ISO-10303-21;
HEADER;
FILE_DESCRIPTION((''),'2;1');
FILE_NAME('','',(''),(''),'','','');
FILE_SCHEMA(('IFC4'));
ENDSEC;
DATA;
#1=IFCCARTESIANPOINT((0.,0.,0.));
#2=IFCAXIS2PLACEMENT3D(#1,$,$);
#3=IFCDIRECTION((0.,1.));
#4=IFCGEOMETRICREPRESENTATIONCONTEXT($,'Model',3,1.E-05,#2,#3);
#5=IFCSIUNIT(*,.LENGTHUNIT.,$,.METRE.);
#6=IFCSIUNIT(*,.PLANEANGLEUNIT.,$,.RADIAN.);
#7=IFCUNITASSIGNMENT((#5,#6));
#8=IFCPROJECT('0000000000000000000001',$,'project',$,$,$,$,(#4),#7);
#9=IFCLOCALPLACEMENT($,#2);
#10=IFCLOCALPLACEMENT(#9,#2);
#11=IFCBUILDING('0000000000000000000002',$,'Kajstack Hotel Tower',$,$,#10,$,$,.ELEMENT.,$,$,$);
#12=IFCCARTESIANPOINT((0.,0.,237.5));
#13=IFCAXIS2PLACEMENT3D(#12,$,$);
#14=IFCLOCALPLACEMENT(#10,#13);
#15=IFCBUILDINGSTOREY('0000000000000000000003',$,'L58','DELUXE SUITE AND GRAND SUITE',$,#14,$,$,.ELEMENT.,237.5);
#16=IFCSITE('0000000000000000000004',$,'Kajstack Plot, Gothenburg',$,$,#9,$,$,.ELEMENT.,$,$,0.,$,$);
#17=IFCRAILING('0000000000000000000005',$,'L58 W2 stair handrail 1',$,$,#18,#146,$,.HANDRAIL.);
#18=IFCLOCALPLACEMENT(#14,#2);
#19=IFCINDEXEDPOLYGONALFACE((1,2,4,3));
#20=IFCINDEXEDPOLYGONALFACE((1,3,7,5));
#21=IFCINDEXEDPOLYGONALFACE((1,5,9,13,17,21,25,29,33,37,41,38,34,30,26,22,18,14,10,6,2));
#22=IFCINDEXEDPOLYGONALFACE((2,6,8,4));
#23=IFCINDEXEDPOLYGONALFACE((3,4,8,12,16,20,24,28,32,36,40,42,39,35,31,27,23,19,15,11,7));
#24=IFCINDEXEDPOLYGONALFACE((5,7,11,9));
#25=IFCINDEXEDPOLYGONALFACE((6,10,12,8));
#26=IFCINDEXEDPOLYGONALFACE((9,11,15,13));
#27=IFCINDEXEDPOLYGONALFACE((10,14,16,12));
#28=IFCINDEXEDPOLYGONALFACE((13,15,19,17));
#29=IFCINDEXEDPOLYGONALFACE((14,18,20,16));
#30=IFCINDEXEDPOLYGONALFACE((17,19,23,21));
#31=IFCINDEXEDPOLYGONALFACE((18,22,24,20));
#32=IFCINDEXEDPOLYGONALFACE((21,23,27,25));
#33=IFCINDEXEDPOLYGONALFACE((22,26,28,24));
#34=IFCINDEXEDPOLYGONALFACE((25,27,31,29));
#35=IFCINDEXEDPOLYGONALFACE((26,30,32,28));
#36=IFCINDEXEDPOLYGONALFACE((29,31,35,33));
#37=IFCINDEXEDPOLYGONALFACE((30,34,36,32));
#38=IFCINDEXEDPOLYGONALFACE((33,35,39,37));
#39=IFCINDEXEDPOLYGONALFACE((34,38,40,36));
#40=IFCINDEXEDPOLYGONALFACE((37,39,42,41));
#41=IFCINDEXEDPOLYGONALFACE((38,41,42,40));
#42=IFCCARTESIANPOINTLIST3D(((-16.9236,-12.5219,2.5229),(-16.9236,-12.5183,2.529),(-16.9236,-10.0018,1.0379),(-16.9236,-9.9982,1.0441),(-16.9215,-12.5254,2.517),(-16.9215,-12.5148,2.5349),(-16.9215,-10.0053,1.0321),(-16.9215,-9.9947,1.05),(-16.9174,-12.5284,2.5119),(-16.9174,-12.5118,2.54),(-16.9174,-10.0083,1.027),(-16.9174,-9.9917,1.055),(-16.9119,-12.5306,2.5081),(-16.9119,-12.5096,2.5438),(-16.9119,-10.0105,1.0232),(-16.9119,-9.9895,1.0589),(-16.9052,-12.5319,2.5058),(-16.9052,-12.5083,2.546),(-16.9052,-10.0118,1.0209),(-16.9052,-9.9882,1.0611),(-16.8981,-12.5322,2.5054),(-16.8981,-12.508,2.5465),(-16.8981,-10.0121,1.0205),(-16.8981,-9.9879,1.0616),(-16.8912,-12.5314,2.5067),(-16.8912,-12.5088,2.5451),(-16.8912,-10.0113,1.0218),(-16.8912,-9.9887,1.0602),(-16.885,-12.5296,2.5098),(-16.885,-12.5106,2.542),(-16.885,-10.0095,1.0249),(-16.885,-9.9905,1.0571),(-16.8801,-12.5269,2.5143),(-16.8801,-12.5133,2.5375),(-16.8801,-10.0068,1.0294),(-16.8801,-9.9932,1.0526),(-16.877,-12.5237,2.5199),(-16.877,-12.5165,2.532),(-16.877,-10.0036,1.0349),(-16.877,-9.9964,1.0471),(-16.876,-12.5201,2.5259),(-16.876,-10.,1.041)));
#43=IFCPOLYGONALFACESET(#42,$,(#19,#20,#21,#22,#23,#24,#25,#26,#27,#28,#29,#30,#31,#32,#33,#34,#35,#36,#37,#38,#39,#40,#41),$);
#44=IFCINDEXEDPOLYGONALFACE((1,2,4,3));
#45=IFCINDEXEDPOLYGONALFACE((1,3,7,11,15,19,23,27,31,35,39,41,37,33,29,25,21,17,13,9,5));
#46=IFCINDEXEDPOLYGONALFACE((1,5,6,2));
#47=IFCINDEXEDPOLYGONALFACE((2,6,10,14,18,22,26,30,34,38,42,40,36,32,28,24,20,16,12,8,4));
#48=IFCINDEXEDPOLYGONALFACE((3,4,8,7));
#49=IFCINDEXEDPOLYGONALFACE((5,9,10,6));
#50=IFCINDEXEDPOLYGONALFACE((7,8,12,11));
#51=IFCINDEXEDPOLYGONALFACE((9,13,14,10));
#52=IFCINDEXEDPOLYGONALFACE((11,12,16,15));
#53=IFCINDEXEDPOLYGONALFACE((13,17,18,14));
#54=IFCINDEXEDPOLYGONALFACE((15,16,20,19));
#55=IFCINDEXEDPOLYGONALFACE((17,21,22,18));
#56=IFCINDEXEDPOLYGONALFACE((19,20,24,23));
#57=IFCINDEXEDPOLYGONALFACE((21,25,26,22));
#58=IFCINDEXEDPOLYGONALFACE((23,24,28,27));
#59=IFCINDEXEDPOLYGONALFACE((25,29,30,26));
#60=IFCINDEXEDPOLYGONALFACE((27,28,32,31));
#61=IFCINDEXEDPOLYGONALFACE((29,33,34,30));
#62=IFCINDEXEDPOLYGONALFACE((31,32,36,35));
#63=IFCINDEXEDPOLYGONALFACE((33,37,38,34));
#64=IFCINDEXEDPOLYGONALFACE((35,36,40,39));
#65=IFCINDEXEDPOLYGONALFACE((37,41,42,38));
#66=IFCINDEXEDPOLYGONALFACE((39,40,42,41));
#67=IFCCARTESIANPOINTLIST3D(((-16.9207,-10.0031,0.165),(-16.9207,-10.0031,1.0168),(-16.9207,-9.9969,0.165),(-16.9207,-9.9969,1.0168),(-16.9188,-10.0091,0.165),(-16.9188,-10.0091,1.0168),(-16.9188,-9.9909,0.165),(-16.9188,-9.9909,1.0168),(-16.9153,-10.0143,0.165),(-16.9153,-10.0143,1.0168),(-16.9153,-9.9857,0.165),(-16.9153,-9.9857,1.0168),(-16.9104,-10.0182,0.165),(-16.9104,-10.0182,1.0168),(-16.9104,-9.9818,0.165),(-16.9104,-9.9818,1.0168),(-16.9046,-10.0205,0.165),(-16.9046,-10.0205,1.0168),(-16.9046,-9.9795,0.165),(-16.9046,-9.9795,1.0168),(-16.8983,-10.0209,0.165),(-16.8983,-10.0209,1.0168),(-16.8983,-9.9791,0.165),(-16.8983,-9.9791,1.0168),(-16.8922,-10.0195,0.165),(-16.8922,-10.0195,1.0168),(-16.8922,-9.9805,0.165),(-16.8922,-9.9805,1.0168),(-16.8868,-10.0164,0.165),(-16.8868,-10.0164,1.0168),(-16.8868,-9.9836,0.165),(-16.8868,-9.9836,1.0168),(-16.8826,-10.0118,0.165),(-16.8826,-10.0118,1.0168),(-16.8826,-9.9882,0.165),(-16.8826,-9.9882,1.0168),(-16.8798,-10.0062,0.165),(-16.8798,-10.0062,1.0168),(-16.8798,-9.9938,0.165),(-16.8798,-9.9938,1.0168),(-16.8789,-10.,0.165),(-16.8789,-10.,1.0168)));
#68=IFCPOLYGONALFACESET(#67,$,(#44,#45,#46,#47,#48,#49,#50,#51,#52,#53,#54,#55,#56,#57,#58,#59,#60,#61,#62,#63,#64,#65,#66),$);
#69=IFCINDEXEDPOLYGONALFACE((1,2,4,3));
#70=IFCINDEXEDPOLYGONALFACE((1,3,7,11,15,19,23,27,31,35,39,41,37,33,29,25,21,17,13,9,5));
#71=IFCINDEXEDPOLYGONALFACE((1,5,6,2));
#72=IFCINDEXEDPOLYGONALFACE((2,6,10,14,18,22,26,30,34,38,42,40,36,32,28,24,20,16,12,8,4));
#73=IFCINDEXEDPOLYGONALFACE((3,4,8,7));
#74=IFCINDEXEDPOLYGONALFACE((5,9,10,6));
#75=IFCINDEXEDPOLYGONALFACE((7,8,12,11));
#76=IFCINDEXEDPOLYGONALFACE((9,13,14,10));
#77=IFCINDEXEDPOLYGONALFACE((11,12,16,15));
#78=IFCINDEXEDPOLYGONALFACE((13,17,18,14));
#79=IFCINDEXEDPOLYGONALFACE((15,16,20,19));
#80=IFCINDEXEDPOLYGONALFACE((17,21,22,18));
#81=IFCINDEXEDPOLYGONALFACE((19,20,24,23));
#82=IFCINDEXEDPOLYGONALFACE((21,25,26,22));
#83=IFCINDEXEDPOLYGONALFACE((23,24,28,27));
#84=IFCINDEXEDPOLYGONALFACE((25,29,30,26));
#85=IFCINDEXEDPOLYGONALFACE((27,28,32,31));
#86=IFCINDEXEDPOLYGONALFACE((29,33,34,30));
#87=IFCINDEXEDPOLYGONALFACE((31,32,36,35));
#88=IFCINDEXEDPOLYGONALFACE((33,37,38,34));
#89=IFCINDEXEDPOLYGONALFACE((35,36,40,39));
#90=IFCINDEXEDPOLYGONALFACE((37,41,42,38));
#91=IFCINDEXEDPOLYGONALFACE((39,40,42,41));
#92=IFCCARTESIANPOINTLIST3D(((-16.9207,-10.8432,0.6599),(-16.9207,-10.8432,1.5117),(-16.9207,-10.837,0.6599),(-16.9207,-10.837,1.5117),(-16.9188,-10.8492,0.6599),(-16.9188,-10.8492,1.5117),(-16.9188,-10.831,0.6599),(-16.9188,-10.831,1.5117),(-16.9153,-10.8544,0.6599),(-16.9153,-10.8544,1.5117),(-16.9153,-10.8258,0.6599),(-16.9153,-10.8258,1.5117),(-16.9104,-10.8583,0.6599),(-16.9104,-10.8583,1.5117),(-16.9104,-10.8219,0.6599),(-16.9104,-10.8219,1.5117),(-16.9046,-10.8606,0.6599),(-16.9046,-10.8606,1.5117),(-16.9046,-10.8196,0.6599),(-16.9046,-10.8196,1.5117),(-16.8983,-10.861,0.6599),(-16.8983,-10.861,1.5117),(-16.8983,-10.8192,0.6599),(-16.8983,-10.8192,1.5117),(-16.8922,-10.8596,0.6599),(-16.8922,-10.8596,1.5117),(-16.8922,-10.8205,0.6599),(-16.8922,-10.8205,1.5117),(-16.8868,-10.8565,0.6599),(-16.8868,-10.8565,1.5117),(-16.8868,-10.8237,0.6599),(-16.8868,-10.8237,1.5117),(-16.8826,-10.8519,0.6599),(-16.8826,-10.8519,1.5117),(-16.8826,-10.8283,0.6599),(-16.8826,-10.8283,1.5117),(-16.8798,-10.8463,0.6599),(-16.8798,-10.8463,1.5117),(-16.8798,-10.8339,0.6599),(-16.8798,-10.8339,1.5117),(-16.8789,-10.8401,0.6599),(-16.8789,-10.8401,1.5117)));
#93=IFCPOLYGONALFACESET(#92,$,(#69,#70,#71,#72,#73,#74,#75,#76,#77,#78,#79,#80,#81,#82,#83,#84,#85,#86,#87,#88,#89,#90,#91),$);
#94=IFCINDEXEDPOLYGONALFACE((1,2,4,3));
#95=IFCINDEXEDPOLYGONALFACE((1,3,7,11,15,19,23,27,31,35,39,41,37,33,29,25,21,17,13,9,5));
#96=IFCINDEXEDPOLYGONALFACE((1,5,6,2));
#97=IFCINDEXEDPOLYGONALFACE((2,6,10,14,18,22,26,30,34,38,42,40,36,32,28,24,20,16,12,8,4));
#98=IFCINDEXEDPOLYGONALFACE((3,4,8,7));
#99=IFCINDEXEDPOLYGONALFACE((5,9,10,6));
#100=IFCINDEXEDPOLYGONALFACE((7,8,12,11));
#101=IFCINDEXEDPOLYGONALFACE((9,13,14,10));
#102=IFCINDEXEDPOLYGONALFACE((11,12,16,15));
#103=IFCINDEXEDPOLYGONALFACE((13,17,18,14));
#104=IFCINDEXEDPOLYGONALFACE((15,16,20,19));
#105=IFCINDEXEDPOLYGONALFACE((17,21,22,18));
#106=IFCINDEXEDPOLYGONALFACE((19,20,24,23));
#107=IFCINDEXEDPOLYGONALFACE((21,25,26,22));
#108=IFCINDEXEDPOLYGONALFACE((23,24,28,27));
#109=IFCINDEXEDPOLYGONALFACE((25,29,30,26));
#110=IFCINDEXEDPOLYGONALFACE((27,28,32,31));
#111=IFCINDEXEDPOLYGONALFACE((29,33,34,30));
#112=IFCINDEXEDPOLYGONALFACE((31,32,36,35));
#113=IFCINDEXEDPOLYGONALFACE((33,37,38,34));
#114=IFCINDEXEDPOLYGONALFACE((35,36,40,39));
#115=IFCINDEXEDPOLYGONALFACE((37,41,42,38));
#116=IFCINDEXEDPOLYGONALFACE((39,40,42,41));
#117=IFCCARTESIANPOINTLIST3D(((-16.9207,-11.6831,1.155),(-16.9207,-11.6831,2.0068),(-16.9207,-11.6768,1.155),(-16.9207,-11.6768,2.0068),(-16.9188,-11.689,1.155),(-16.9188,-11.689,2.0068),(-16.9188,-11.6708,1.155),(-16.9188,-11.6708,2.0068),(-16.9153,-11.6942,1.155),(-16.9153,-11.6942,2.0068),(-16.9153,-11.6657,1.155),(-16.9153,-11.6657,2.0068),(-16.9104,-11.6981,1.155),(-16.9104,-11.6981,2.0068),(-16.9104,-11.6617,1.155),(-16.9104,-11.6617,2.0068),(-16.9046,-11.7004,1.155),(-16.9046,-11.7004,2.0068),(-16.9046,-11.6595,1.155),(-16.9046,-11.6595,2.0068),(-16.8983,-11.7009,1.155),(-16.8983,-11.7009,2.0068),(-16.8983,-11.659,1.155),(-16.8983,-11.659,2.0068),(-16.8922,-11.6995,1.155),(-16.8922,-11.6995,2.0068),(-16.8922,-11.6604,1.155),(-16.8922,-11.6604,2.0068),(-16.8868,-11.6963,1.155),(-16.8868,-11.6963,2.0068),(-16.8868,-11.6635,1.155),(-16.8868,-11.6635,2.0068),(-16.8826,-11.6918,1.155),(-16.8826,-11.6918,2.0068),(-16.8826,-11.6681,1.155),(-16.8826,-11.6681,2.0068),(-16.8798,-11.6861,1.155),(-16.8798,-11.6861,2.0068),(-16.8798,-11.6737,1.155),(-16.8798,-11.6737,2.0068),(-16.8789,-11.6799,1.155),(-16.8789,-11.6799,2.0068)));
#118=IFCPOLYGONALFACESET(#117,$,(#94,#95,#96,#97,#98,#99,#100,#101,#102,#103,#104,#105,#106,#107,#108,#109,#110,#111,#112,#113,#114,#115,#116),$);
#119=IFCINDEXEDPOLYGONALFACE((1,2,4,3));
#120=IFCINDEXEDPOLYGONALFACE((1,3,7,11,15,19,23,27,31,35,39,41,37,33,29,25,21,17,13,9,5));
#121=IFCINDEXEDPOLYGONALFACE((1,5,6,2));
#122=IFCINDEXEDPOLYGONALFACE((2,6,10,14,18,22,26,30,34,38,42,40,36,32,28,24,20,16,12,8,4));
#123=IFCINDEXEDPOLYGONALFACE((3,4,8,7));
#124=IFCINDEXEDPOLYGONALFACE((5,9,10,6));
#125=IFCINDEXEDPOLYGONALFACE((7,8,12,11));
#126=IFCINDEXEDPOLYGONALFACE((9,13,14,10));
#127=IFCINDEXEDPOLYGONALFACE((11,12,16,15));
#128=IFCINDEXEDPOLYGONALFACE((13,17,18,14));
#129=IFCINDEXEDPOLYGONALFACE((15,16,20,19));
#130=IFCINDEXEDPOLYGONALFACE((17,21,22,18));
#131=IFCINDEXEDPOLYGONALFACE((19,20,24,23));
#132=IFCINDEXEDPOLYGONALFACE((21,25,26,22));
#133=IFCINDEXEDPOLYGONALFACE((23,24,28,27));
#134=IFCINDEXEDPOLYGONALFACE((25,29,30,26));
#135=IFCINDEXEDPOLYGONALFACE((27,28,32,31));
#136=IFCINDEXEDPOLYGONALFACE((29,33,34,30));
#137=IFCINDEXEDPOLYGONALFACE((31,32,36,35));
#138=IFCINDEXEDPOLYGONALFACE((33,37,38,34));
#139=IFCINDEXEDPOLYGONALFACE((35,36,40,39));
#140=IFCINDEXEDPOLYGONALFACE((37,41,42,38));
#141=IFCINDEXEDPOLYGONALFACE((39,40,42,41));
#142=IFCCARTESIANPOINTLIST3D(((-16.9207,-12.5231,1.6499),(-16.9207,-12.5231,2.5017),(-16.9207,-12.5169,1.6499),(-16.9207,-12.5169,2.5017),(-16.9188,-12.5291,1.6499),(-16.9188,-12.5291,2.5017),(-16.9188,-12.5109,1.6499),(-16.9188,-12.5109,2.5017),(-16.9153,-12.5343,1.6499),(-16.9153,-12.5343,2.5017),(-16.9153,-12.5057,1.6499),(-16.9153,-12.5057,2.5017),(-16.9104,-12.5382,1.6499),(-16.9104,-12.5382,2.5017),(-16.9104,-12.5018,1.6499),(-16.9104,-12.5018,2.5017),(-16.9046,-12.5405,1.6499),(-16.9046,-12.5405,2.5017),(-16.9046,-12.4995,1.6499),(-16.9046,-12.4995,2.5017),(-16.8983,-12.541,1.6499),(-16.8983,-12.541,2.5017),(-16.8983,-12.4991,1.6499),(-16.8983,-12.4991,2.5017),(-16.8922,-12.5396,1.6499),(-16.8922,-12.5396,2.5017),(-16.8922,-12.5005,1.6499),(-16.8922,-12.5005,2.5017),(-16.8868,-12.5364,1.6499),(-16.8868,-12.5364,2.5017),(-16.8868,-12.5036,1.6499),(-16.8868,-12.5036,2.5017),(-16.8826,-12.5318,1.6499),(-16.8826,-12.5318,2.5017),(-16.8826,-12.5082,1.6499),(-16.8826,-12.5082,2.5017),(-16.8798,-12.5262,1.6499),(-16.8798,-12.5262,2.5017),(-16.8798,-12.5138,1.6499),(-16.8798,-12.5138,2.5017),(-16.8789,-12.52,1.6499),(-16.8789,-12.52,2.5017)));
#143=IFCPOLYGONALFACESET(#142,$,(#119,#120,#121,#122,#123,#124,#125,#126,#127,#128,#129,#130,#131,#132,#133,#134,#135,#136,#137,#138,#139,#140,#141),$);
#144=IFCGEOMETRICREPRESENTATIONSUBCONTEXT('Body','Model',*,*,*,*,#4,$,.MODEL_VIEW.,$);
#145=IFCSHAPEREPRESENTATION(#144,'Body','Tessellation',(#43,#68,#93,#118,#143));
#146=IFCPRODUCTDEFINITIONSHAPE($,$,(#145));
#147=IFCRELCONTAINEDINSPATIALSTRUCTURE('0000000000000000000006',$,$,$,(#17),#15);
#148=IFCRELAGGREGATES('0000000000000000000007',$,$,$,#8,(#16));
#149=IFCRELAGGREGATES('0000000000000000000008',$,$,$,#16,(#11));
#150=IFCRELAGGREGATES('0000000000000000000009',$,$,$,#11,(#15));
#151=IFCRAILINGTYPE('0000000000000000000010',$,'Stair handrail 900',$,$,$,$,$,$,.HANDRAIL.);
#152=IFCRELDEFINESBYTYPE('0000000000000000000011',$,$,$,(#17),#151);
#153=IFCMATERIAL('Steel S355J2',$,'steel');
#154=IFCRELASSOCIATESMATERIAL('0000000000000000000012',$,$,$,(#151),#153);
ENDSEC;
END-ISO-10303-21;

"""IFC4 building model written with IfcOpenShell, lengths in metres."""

from ifc_helpers import new_model, si_unit, direction, frame, origin, origin_2d, place, context, subcontext, project, spatial, circle, extrude, material, type_object, element, save


model = new_model("IFC4")

# Units and contexts
model_context = context("Model", 3, precision=1e-05, world=origin(), true_north=direction((0.0, 1.0)))
body_context = subcontext(model_context, "Body", "Model", "MODEL_VIEW")
ifc_project = project(units=[si_unit("LENGTHUNIT", "METRE"), si_unit("PLANEANGLEUNIT", "RADIAN")], contexts=[model_context])

# Site, building, storey
site_placement = place(None, origin())
site = spatial("IfcSite", under=ifc_project, at=site_placement, Name="Kajstack Plot, Gothenburg", CompositionType="ELEMENT", RefElevation=0.0)
building_placement = place(site_placement, origin())
building = spatial("IfcBuilding", under=site, at=building_placement, Name="Kajstack Hotel Tower", CompositionType="ELEMENT")
storey_placement = place(building_placement, frame((0.0, 0.0, 237.5)))
storey = spatial("IfcBuildingStorey", under=building, at=storey_placement, Name="L58", Description="DELUXE SUITE AND GRAND SUITE", CompositionType="ELEMENT", Elevation=237.5)

# Railing
ifc_material_1 = material(Name="Steel S355J2", Category="steel")
railing_type_1 = type_object("IfcRailingType", Name="Stair handrail 900", PredefinedType="HANDRAIL", material=ifc_material_1)
railing_1_placement = place(storey_placement, frame((-16.8999, -10.0, 0.165)))
element("IfcRailing", 1, at=railing_1_placement, inside=storey, type_object=railing_type_1, Name="L58 W2 stair handrail 1", PredefinedType="HANDRAIL", context=body_context, shape_type="SweptSolid", body=[
    extrude(circle(Radius=0.0239, at=origin_2d()), frame((0.0, 0.0, 0.876), z_axis=(0.0, -0.861561, 0.507655), x_axis=(1.0, 0.0, 0.0)), (0.0, 0.0, 1.0), 2.925),
    extrude(circle(Radius=0.021, at=origin_2d()), origin(), (0.0, 0.0, 1.0), 0.8518),
    extrude(circle(Radius=0.021, at=origin_2d()), frame((0.0, -0.8401, 0.4949)), (0.0, 0.0, 1.0), 0.8518),
    extrude(circle(Radius=0.021, at=origin_2d()), frame((0.0, -1.6799, 0.99)), (0.0, 0.0, 1.0), 0.8518),
    extrude(circle(Radius=0.021, at=origin_2d()), frame((0.0, -2.52, 1.4849)), (0.0, 0.0, 1.0), 0.8518),
])

save(model, "model.ifc")
